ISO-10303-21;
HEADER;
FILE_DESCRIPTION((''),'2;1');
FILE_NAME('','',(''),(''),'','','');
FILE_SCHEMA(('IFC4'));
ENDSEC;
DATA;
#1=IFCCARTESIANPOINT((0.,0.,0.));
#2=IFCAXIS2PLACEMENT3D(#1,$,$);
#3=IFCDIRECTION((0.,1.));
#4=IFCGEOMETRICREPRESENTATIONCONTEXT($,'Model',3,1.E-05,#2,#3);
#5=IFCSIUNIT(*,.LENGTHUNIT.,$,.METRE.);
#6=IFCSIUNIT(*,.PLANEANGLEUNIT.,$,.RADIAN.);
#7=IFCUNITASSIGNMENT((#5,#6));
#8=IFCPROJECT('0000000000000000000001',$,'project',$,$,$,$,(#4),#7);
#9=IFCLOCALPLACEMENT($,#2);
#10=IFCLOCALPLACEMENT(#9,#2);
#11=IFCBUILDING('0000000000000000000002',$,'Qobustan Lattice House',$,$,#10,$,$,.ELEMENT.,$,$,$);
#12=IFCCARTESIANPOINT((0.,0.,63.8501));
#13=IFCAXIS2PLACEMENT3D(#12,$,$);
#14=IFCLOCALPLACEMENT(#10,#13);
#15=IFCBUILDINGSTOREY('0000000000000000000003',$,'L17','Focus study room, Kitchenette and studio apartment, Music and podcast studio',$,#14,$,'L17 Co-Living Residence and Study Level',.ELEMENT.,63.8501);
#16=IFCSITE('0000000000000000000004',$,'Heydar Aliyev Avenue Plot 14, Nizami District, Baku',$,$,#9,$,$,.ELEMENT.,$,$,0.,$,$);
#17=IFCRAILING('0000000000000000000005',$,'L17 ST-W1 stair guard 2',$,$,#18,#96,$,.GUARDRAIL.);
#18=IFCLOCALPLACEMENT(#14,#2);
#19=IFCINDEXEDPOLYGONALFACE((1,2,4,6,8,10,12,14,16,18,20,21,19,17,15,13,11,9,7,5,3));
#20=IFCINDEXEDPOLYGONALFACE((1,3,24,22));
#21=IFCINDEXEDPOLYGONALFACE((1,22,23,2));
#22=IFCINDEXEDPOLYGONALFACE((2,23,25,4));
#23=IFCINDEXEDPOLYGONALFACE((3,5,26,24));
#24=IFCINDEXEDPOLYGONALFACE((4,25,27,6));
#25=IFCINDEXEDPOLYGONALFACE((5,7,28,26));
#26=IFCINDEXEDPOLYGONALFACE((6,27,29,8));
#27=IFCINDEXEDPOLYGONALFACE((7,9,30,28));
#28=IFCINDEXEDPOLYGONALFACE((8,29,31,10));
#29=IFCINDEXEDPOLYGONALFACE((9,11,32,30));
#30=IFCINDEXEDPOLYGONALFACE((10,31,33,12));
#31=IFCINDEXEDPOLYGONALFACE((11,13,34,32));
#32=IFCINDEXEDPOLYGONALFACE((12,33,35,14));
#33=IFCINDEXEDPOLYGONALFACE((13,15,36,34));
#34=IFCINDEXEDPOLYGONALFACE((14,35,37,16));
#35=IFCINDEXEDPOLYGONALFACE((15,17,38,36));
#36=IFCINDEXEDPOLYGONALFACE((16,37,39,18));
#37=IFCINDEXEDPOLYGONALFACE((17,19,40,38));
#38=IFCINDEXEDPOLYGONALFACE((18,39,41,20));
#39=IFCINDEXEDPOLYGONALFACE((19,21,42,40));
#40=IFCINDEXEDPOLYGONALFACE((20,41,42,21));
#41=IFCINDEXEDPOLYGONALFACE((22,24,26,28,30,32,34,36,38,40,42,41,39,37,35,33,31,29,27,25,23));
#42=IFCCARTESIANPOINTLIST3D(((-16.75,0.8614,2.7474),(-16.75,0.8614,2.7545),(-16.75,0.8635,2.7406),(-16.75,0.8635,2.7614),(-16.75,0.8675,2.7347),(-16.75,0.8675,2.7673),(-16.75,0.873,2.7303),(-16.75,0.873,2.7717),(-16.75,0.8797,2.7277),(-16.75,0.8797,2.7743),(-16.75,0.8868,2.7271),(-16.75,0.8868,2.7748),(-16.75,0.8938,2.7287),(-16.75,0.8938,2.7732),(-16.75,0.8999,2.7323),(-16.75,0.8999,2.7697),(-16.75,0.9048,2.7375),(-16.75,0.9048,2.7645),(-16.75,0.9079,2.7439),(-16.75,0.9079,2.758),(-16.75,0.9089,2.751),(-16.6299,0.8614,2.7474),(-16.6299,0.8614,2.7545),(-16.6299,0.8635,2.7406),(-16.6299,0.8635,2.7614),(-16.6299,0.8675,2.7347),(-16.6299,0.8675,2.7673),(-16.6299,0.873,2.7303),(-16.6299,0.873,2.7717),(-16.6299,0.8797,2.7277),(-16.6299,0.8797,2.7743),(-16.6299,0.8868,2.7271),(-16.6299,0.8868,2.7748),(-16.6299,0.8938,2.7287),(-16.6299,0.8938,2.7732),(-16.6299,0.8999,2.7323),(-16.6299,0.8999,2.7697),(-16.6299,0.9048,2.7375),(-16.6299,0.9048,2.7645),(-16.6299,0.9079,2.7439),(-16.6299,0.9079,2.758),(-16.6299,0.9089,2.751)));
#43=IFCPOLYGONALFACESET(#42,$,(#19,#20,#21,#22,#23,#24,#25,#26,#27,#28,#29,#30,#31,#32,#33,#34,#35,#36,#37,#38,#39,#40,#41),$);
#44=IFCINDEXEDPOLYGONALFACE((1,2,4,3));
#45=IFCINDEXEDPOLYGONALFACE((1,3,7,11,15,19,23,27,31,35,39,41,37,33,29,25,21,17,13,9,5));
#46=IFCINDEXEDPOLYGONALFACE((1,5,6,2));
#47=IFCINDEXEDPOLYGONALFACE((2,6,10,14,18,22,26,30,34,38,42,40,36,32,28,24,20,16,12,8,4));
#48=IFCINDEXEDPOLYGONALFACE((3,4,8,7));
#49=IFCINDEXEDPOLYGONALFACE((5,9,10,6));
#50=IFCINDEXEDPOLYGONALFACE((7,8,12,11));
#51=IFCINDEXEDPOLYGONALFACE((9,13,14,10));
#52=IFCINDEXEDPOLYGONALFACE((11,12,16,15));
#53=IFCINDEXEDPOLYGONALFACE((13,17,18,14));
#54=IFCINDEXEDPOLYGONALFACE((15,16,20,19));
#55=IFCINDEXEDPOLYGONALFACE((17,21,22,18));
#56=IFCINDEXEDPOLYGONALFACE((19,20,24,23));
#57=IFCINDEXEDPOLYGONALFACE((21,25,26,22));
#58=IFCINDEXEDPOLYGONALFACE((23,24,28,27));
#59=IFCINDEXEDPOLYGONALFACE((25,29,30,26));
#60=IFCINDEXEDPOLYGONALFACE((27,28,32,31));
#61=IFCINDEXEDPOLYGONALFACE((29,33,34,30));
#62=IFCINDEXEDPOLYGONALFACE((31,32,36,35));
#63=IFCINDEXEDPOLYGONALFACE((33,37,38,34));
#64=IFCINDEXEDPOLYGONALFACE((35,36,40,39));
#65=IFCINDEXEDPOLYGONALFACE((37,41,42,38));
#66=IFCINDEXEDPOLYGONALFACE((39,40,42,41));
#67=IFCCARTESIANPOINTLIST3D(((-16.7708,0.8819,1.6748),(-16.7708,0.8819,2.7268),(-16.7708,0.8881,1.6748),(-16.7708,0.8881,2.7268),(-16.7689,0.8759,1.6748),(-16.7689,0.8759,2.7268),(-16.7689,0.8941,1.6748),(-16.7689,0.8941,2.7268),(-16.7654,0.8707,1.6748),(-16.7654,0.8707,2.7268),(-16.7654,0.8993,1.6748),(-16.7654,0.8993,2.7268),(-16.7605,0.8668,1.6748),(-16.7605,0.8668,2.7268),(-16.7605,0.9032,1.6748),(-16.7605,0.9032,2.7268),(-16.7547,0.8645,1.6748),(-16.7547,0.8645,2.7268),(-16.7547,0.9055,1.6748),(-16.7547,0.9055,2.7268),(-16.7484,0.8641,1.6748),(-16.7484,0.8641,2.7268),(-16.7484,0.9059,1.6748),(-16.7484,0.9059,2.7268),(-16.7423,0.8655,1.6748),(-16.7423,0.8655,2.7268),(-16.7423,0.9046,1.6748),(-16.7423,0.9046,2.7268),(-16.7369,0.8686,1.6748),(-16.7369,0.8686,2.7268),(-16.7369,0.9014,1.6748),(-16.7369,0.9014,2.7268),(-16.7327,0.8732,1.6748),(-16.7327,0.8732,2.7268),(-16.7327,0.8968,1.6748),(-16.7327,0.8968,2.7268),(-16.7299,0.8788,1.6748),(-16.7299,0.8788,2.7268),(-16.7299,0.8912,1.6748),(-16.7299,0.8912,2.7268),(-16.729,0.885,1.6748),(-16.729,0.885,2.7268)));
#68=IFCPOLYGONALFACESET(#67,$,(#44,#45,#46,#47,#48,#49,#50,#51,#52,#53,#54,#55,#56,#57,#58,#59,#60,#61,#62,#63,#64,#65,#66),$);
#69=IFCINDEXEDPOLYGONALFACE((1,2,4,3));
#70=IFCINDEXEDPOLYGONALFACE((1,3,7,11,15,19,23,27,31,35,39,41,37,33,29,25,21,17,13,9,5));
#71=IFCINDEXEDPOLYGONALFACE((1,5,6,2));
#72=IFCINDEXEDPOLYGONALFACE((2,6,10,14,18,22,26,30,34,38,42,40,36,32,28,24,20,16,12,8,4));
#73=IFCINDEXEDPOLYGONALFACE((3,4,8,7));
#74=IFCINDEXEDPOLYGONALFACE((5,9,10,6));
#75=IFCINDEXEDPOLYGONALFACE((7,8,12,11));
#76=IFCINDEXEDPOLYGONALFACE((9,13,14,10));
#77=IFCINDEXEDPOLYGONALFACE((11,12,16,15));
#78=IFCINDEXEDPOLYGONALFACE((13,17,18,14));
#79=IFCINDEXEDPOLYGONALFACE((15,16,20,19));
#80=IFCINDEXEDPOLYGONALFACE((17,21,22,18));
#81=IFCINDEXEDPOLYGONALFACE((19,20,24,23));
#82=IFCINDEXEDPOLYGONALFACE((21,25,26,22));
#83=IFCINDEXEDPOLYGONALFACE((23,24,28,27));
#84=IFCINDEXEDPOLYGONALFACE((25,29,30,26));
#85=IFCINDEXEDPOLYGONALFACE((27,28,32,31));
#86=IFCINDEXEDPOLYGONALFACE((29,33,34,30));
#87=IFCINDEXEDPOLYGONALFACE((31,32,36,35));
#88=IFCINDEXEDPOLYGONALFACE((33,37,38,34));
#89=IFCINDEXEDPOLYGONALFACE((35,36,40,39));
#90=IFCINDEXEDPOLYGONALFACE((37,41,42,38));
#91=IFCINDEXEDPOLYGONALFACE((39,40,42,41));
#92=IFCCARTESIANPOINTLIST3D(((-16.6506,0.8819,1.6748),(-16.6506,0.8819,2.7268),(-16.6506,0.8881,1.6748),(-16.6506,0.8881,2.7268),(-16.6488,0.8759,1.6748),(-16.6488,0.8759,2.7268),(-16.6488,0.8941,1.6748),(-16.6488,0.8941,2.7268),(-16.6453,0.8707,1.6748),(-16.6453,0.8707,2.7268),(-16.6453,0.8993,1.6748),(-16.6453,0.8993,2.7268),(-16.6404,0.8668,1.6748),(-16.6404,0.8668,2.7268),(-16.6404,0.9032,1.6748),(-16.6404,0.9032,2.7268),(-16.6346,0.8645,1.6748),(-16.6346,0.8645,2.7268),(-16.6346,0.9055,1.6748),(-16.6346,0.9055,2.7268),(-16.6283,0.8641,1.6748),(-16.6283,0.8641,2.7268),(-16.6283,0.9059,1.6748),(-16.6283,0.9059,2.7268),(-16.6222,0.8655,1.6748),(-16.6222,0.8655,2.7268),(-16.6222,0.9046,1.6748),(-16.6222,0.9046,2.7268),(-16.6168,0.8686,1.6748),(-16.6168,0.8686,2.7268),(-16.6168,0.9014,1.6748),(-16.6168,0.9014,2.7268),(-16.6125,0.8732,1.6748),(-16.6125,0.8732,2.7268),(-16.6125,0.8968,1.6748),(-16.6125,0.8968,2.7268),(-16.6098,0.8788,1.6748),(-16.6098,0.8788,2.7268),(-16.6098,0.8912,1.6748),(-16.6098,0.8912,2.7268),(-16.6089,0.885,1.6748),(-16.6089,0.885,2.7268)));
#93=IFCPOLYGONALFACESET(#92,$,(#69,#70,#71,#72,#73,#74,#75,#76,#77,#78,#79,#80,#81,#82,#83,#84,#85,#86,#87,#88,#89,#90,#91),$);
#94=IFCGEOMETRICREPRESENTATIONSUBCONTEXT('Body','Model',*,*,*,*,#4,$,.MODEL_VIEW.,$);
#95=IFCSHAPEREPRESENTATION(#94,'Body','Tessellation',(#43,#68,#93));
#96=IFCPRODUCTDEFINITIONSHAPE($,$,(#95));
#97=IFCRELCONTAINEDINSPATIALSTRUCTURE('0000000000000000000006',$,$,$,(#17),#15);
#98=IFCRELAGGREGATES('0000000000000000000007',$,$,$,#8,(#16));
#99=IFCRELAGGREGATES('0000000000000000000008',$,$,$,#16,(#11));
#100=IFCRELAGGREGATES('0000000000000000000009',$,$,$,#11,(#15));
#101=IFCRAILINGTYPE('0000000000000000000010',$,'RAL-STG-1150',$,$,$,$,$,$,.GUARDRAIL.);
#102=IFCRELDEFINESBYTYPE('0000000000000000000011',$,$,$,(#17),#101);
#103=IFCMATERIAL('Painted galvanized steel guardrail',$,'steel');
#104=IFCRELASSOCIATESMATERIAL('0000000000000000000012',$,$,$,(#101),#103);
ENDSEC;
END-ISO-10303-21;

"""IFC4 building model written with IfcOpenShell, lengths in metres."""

from ifc_helpers import new_model, si_unit, direction, frame, origin, origin_2d, place, context, subcontext, project, spatial, circle, extrude, material, type_object, element, save


model = new_model("IFC4")

# Units and contexts
model_context = context("Model", 3, precision=1e-05, world=origin(), true_north=direction((0.0, 1.0)))
body_context = subcontext(model_context, "Body", "Model", "MODEL_VIEW")
ifc_project = project(units=[si_unit("LENGTHUNIT", "METRE"), si_unit("PLANEANGLEUNIT", "RADIAN")], contexts=[model_context])

# Site, building, storey
site_placement = place(None, origin())
site = spatial("IfcSite", under=ifc_project, at=site_placement, Name="Heydar Aliyev Avenue Plot 14, Nizami District, Baku", CompositionType="ELEMENT", RefElevation=0.0)
building_placement = place(site_placement, origin())
building = spatial("IfcBuilding", under=site, at=building_placement, Name="Qobustan Lattice House", CompositionType="ELEMENT")
storey_placement = place(building_placement, frame((0.0, 0.0, 63.8501)))
storey = spatial("IfcBuildingStorey", under=building, at=storey_placement, Name="L17", Description="Focus study room, Kitchenette and studio apartment, Music and podcast studio", LongName="L17 Co-Living Residence and Study Level", CompositionType="ELEMENT", Elevation=63.8501)

# Railing
ifc_material_1 = material(Name="Painted galvanized steel guardrail", Category="steel")
railing_type_1 = type_object("IfcRailingType", Name="RAL-STG-1150", PredefinedType="GUARDRAIL", material=ifc_material_1)
railing_1_placement = place(storey_placement, frame((-16.75, 0.885, 1.6748)))
element("IfcRailing", 1, at=railing_1_placement, inside=storey, type_object=railing_type_1, Name="L17 ST-W1 stair guard 2", PredefinedType="GUARDRAIL", context=body_context, shape_type="SweptSolid", body=[
    extrude(circle(Radius=0.0239, at=origin_2d()), frame((0.0, 0.0, 1.0762), z_axis=(1.0, 0.0, 0.0), x_axis=(0.0, 1.0, 0.0)), (0.0, 0.0, 1.0), 0.1201),
    extrude(circle(Radius=0.021, at=origin_2d()), origin(), (0.0, 0.0, 1.0), 1.052),
    extrude(circle(Radius=0.021, at=origin_2d()), frame((0.1201, 0.0, 0.0)), (0.0, 0.0, 1.0), 1.052),
])

save(model, "model.ifc")
